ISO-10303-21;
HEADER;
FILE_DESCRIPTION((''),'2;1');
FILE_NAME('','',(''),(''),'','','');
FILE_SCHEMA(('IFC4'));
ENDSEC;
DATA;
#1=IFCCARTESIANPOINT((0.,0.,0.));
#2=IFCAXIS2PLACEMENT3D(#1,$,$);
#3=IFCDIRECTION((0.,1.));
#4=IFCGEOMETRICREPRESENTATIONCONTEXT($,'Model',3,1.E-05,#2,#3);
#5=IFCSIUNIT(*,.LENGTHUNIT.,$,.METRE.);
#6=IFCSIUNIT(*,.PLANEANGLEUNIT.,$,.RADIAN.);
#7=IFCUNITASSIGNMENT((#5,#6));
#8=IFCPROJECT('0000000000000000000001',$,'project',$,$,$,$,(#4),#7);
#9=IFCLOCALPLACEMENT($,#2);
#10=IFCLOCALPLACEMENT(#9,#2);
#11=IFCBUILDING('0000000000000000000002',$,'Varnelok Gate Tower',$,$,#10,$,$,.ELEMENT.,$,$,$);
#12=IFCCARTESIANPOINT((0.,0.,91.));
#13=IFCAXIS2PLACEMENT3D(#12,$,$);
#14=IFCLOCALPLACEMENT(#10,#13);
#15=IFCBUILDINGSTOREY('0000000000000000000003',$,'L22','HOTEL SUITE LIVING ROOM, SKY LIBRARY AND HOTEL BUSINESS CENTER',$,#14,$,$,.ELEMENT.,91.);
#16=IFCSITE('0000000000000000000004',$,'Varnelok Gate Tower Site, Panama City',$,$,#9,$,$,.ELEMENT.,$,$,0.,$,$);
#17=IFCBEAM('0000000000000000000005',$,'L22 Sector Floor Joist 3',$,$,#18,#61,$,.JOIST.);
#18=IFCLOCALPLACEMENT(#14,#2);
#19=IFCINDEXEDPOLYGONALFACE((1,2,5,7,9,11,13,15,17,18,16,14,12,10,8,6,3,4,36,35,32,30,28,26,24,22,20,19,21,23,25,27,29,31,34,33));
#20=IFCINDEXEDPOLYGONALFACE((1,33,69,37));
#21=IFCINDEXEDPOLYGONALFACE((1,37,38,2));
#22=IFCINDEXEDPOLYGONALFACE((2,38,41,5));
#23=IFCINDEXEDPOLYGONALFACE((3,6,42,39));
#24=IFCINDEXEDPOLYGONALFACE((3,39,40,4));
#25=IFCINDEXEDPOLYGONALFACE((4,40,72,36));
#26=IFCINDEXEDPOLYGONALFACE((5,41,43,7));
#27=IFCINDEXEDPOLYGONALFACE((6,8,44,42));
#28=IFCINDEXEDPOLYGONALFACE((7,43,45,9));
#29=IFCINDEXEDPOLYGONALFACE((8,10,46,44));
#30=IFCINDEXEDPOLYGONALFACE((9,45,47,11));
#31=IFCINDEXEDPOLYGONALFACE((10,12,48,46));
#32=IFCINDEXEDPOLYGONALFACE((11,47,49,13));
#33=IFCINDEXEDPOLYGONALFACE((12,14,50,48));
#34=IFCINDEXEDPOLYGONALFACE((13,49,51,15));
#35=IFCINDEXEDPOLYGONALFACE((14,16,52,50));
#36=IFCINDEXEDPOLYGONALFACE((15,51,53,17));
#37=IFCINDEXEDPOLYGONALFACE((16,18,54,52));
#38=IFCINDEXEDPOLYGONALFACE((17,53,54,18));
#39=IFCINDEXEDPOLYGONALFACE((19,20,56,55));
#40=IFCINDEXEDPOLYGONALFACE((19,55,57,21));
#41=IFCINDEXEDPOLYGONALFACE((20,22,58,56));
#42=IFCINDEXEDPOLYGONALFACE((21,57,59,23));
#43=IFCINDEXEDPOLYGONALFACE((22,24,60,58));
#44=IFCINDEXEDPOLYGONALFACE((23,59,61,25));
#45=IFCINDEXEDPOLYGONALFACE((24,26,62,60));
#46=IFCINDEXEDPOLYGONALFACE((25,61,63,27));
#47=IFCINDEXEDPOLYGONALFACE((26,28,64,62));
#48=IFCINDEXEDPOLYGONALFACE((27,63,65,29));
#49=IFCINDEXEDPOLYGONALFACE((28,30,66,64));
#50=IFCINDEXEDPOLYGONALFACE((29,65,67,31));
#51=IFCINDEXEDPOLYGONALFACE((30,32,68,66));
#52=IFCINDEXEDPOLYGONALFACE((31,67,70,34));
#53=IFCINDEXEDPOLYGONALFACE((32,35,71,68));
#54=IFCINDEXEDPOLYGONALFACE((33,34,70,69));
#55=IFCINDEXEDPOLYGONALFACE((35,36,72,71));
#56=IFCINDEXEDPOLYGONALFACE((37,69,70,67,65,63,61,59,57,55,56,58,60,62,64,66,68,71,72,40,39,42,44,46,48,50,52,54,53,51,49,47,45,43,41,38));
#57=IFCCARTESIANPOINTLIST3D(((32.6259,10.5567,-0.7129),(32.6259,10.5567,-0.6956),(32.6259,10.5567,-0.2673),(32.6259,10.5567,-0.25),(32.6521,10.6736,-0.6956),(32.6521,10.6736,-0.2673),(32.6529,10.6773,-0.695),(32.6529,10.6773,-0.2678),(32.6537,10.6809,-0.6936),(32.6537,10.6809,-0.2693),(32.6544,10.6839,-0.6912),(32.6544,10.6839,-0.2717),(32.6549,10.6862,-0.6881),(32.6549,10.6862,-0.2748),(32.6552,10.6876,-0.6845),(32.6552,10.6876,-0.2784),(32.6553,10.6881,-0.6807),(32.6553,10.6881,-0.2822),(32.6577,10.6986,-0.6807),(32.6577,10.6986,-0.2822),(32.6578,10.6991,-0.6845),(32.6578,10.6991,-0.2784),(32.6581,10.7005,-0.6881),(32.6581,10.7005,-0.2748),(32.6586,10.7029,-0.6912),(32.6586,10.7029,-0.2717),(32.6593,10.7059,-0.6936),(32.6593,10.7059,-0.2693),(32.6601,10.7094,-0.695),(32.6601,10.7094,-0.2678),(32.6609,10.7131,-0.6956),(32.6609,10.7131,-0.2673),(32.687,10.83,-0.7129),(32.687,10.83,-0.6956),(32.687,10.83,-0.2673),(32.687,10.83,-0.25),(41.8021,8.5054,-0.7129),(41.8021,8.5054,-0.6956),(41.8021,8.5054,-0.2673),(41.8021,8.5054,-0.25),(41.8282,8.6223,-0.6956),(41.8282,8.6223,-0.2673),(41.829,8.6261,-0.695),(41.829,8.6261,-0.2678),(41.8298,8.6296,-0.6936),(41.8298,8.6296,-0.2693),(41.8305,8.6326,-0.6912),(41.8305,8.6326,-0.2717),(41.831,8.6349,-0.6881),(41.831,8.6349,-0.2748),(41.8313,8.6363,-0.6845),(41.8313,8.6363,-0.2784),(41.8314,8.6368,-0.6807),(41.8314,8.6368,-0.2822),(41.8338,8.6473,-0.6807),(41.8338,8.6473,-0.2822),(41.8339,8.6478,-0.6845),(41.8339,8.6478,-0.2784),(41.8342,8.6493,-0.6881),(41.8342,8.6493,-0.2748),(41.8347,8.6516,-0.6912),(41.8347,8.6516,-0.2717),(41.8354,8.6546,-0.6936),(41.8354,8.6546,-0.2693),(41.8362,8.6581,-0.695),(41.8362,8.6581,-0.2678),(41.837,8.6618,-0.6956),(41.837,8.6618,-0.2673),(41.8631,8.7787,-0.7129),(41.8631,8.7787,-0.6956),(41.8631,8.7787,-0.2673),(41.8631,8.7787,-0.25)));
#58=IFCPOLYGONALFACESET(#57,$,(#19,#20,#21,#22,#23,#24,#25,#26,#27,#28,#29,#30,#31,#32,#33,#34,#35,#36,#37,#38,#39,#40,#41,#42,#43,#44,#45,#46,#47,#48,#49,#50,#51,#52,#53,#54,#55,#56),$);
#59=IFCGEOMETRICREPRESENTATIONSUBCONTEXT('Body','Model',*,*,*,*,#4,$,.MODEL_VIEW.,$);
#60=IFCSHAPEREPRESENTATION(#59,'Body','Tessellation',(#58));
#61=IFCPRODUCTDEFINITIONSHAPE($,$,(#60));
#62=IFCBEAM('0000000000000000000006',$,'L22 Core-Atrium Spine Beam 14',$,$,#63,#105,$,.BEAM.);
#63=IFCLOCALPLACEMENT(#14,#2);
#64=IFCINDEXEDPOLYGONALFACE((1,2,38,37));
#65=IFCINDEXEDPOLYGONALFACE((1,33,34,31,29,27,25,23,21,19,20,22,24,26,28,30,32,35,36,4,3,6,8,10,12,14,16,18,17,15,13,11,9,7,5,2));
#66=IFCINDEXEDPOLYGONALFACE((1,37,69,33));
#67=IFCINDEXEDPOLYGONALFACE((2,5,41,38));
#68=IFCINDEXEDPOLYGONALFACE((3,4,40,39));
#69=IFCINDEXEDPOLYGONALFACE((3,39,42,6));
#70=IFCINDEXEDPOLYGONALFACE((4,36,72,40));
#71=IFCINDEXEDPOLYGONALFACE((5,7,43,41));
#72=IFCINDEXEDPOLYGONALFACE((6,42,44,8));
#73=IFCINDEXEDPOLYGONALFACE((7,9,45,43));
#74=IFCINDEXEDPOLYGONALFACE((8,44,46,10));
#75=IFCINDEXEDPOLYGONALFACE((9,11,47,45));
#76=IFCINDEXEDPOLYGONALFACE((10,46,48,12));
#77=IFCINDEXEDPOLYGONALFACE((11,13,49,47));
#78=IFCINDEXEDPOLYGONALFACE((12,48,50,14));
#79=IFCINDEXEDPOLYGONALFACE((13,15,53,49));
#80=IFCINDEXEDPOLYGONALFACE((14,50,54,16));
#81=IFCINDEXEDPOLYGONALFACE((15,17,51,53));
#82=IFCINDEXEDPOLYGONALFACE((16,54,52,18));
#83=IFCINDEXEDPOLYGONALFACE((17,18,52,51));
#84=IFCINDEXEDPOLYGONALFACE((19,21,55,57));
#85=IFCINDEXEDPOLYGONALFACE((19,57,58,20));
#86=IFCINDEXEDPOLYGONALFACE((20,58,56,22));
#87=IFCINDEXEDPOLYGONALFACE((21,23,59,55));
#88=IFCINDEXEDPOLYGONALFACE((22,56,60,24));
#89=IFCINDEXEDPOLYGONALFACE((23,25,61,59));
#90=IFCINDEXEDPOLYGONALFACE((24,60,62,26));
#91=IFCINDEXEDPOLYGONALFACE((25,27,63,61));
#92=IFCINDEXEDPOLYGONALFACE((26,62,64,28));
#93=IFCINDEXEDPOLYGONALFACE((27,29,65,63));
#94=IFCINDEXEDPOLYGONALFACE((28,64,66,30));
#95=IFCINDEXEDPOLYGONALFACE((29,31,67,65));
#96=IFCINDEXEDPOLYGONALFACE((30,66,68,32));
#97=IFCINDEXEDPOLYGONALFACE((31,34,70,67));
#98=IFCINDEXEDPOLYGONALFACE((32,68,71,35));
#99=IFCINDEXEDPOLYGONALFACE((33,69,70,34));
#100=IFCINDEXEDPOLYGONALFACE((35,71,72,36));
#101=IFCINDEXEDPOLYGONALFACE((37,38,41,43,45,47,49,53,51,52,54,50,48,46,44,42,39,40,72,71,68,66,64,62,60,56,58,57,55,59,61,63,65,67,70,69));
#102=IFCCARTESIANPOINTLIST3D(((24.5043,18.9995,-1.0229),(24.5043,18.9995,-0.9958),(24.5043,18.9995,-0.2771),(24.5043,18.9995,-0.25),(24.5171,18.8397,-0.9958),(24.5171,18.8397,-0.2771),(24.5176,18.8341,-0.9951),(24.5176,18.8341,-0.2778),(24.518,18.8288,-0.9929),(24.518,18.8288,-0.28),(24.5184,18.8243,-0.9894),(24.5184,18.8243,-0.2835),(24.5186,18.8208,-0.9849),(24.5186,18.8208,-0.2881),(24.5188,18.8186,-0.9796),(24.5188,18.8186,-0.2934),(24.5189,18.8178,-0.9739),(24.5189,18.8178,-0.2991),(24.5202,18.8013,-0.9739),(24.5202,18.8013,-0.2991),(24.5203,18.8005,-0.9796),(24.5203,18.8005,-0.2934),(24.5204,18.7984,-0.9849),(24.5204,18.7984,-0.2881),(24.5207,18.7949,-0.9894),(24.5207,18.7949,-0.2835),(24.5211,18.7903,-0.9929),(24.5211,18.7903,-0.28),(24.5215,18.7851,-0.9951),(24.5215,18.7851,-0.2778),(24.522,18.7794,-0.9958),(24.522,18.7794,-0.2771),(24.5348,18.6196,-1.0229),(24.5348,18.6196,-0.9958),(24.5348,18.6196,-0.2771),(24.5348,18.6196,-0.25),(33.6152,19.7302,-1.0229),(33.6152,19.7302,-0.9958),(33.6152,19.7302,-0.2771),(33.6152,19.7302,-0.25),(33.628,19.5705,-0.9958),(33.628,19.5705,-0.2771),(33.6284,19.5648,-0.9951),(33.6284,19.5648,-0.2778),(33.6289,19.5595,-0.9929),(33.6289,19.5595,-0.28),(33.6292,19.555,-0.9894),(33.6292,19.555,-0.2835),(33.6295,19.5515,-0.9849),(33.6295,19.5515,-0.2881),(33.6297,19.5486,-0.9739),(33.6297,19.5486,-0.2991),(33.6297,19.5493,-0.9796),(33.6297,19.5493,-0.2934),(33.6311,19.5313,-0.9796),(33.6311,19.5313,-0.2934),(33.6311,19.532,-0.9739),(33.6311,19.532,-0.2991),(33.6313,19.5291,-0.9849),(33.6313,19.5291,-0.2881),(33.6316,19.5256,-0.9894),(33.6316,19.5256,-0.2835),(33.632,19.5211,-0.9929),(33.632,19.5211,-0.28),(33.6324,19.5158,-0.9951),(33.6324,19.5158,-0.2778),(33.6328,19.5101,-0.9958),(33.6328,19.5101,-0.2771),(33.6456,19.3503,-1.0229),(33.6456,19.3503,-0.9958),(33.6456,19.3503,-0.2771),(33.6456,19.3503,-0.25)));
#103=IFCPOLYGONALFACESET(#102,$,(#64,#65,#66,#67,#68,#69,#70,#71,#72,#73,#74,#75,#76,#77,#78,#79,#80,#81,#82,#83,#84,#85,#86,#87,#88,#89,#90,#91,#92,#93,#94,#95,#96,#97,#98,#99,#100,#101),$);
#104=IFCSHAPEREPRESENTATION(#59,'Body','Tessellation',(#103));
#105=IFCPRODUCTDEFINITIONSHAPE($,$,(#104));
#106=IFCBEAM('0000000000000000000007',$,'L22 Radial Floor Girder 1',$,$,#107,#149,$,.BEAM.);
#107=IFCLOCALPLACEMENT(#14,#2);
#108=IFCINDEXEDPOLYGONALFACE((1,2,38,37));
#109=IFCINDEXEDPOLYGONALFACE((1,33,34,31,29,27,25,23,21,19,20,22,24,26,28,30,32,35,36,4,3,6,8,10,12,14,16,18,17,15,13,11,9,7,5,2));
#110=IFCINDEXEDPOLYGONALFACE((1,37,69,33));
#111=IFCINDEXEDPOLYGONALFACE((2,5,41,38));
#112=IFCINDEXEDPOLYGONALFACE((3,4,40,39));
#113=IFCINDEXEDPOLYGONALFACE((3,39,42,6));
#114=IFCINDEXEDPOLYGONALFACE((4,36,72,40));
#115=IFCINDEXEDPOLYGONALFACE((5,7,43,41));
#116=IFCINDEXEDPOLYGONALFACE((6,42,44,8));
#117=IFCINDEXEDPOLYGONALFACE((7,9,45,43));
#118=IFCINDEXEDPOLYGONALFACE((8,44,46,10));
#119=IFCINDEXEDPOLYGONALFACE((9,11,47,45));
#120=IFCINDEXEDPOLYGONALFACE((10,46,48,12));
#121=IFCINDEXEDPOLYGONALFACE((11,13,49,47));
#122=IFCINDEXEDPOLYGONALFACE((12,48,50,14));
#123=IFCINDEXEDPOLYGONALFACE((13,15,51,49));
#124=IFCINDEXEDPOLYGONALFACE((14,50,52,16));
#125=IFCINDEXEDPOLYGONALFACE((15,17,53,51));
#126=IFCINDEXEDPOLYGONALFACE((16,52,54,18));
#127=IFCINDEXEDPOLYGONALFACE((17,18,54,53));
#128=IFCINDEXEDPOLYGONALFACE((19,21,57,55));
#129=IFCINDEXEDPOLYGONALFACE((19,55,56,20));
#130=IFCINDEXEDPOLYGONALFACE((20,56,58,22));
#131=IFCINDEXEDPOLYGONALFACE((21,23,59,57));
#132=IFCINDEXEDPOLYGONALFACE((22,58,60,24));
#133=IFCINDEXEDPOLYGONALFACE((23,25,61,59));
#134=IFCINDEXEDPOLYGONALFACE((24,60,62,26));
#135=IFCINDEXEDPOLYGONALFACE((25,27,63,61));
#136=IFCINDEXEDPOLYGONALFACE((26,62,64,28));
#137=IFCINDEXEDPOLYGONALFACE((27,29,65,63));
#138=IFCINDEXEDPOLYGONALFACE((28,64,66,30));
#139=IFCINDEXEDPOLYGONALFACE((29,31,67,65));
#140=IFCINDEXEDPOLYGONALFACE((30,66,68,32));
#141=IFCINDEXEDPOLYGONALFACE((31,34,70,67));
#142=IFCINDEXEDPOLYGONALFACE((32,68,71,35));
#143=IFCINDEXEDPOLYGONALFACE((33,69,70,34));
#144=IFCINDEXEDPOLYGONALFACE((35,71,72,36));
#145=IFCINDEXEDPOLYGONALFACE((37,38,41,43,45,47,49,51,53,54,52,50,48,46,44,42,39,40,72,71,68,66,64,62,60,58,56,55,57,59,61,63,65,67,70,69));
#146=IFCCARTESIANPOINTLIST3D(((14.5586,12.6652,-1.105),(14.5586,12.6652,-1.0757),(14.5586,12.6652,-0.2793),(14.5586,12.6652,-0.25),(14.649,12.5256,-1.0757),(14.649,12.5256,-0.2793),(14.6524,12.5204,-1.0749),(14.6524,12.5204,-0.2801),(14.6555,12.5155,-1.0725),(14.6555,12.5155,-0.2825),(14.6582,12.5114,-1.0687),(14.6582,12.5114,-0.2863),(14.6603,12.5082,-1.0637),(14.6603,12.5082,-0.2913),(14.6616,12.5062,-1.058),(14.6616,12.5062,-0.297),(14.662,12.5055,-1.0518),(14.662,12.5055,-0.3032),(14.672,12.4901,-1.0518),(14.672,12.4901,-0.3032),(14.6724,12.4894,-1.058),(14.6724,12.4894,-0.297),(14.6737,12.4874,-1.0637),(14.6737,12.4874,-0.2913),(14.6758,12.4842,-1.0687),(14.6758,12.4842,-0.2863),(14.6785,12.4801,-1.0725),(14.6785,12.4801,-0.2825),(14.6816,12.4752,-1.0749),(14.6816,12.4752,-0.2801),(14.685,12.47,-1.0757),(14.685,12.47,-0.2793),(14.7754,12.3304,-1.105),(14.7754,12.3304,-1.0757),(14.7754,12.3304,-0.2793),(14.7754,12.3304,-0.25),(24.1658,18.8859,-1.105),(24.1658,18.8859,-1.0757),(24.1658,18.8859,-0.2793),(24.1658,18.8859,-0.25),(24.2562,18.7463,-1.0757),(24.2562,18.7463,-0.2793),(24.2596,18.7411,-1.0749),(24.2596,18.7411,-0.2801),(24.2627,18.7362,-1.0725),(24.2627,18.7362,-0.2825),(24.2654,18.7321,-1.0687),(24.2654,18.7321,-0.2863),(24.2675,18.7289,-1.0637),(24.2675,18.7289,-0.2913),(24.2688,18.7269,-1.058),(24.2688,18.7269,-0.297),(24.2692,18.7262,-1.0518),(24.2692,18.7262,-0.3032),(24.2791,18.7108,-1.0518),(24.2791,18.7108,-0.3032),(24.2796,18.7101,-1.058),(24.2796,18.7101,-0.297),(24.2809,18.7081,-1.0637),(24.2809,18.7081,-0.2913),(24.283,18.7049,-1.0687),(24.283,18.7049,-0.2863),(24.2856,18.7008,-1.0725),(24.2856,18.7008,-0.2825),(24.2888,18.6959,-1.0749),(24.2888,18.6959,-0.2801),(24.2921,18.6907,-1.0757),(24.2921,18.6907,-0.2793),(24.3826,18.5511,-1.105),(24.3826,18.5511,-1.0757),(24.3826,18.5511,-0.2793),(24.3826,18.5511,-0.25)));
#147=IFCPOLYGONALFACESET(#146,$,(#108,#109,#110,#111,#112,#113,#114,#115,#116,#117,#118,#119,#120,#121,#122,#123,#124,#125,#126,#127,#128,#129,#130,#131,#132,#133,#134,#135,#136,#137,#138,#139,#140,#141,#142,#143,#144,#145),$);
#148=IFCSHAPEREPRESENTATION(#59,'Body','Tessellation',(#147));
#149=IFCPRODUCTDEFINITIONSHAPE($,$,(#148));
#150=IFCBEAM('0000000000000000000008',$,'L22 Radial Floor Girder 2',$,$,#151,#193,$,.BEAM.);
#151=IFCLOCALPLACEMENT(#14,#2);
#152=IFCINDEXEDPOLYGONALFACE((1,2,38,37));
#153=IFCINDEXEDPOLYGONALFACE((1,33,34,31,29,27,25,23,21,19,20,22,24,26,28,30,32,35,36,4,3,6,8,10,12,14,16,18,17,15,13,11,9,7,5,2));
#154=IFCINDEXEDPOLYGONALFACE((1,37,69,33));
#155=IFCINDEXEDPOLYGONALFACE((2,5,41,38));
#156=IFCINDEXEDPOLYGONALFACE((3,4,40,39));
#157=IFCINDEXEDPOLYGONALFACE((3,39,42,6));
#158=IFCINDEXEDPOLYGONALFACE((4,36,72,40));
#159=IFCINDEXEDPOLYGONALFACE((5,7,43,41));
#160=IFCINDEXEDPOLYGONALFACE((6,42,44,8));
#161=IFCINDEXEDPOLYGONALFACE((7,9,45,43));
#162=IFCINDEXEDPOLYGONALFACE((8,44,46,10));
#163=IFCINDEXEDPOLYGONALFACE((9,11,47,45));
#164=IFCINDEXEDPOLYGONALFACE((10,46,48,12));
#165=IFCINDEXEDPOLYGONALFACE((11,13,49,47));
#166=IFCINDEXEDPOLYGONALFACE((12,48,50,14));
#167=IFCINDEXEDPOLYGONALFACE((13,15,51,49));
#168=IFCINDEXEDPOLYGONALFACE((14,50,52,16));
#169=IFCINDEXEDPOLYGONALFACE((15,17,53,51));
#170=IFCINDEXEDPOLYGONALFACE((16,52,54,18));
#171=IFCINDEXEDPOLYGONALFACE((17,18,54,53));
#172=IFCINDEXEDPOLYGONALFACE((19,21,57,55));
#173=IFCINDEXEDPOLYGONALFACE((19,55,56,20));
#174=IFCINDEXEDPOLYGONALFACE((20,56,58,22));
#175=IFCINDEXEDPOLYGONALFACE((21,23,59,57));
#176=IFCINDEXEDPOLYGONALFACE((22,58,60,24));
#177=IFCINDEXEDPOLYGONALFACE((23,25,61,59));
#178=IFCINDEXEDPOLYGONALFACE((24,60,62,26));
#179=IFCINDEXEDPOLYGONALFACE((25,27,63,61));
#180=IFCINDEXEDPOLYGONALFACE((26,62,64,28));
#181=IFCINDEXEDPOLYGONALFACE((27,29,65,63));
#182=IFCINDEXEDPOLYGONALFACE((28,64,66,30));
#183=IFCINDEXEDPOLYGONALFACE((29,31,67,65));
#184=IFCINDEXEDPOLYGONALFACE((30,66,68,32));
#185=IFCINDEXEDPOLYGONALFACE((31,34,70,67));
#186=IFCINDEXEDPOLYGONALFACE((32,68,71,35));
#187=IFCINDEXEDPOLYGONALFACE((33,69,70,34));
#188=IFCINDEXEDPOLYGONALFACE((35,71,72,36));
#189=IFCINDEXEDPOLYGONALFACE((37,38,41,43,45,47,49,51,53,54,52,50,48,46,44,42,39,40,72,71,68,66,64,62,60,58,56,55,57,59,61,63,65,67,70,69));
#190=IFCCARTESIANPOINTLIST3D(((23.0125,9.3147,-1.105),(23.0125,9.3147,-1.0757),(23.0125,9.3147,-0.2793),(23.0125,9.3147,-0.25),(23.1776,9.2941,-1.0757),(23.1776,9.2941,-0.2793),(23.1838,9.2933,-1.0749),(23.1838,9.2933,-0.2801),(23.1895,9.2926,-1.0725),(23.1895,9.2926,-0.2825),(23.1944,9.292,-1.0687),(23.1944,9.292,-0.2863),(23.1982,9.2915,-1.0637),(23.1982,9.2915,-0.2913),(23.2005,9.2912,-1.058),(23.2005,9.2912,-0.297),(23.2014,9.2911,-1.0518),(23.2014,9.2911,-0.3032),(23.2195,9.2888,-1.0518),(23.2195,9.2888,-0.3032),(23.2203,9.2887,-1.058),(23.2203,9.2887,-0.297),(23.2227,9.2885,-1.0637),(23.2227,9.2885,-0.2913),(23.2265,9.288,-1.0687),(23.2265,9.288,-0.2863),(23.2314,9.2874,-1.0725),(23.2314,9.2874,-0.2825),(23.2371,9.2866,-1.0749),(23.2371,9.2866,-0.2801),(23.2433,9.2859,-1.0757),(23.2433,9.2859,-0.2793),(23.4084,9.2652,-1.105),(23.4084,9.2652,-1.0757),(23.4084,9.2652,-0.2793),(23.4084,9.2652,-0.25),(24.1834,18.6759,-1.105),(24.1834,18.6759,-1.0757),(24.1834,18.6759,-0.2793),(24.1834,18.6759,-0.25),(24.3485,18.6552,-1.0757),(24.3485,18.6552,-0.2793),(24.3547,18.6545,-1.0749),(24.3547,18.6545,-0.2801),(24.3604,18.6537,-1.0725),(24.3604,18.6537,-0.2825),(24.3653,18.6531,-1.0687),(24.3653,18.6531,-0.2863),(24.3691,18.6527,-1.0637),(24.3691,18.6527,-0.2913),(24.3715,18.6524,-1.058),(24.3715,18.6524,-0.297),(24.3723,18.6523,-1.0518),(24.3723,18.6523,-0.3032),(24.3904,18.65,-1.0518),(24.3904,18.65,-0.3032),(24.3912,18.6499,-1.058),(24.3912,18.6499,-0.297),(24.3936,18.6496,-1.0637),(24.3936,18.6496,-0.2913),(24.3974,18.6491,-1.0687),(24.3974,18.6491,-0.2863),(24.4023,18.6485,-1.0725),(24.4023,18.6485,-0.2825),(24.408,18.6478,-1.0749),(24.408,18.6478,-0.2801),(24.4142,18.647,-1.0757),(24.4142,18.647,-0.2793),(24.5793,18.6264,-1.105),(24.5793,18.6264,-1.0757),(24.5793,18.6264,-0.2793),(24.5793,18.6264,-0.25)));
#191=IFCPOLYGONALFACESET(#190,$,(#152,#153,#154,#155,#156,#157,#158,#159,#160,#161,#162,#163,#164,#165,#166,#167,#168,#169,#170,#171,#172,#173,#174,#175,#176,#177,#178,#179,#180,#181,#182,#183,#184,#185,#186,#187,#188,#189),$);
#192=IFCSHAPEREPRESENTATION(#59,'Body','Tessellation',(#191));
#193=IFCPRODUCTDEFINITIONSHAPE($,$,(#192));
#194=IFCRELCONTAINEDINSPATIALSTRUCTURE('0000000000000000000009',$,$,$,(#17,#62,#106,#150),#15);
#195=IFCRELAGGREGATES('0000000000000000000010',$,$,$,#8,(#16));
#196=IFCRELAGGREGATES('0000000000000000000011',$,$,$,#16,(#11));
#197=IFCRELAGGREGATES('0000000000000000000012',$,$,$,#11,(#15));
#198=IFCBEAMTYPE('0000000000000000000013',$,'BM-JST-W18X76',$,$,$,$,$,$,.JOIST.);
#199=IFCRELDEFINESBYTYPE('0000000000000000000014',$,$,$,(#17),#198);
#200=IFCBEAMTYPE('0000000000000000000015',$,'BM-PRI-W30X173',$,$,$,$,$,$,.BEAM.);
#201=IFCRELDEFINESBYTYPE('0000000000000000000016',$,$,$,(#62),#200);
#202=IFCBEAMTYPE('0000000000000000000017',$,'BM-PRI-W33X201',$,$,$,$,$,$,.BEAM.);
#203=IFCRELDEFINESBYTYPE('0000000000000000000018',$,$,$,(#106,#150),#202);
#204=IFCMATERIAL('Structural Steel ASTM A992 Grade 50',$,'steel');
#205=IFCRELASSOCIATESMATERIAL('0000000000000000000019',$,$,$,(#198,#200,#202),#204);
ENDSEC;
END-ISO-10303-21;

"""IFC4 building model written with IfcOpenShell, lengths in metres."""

from ifc_helpers import new_model, si_unit, direction, frame, origin, origin_2d, place, context, subcontext, project, spatial, i_section, extrude, material, material_profile, profile_set, type_object, element, save


model = new_model("IFC4")

# Units and contexts
model_context = context("Model", 3, precision=1e-05, world=origin(), true_north=direction((0.0, 1.0)))
body_context = subcontext(model_context, "Body", "Model", "MODEL_VIEW")
ifc_project = project(units=[si_unit("LENGTHUNIT", "METRE"), si_unit("PLANEANGLEUNIT", "RADIAN")], contexts=[model_context])

# Site, building, storey
site_placement = place(None, origin())
site = spatial("IfcSite", under=ifc_project, at=site_placement, Name="Varnelok Gate Tower Site, Panama City", CompositionType="ELEMENT", RefElevation=0.0)
building_placement = place(site_placement, origin())
building = spatial("IfcBuilding", under=site, at=building_placement, Name="Varnelok Gate Tower", CompositionType="ELEMENT")
storey_placement = place(building_placement, frame((0.0, 0.0, 91.0)))
storey = spatial("IfcBuildingStorey", under=building, at=storey_placement, Name="L22", Description="HOTEL SUITE LIVING ROOM, SKY LIBRARY AND HOTEL BUSINESS CENTER", CompositionType="ELEMENT", Elevation=91.0)

# Shared definitions
ifc_material_1 = material(Name="Structural Steel ASTM A992 Grade 50", Category="steel")

# Beams
ifc_material_profile_1 = material_profile(ifc_material_1, i_section(OverallWidth=0.28, OverallDepth=0.4629, WebThickness=0.0107, FlangeThickness=0.0173, FilletRadius=0.0149, at=origin_2d()), Name="W18X76")
ifc_profile_set_1 = profile_set([ifc_material_profile_1], Name="Structural Steel ASTM A992 Grade 50")
beam_type_1 = type_object("IfcBeamType", Name="BM-JST-W18X76", PredefinedType="JOIST", material=ifc_profile_set_1)
beam_1_placement = place(storey_placement, frame((32.6565, 10.6934, -0.4814), z_axis=(0.975913, -0.218162, 0.0), x_axis=(0.218162, 0.975913, 0.0)))
element("IfcBeam", 1, at=beam_1_placement, inside=storey, type_object=beam_type_1, Name="L22 Sector Floor Joist 3", PredefinedType="JOIST", context=body_context, shape_type="SweptSolid", body=[
    extrude(i_section(OverallWidth=0.28, OverallDepth=0.4629, WebThickness=0.0107, FlangeThickness=0.0173, FilletRadius=0.0149, at=origin_2d()), origin(), (0.0, 0.0, 1.0), 9.4026),
])
ifc_material_profile_2 = material_profile(ifc_material_1, i_section(OverallWidth=0.3811, OverallDepth=0.7729, WebThickness=0.0166, FlangeThickness=0.0271, FilletRadius=0.022, at=origin_2d()), Name="W30X173")
ifc_profile_set_2 = profile_set([ifc_material_profile_2], Name="Structural Steel ASTM A992 Grade 50")
beam_type_2 = type_object("IfcBeamType", Name="BM-PRI-W30X173", PredefinedType="BEAM", material=ifc_profile_set_2)
beam_2_placement = place(storey_placement, frame((24.5195, 18.8096, -0.6365), z_axis=(0.996799, 0.079946, 0.0), x_axis=(-0.079946, 0.996799, 0.0)))
element("IfcBeam", 2, at=beam_2_placement, inside=storey, type_object=beam_type_2, Name="L22 Core-Atrium Spine Beam 14", PredefinedType="BEAM", context=body_context, shape_type="SweptSolid", body=[
    extrude(i_section(OverallWidth=0.3811, OverallDepth=0.7729, WebThickness=0.0166, FlangeThickness=0.0271, FilletRadius=0.022, at=origin_2d()), origin(), (0.0, 0.0, 1.0), 9.1401),
])
ifc_material_profile_3 = material_profile(ifc_material_1, i_section(OverallWidth=0.3989, OverallDepth=0.855, WebThickness=0.0183, FlangeThickness=0.0293, FilletRadius=0.0239, at=origin_2d()), Name="W33X201")
ifc_profile_set_3 = profile_set([ifc_material_profile_3], Name="Structural Steel ASTM A992 Grade 50")
beam_type_3 = type_object("IfcBeamType", Name="BM-PRI-W33X201", PredefinedType="BEAM", material=ifc_profile_set_3)
beam_3_placement = place(storey_placement, frame((24.2742, 18.7185, -0.6775), z_axis=(-0.839399, -0.543516, 0.0), x_axis=(0.543516, -0.839399, 0.0)))
element("IfcBeam", 3, at=beam_3_placement, inside=storey, type_object=beam_type_3, Name="L22 Radial Floor Girder 1", PredefinedType="BEAM", context=body_context, shape_type="SweptSolid", body=[
    extrude(i_section(OverallWidth=0.3989, OverallDepth=0.855, WebThickness=0.0183, FlangeThickness=0.0293, FilletRadius=0.0239, at=origin_2d()), origin(), (0.0, 0.0, 1.0), 11.4453),
])
beam_4_placement = place(storey_placement, frame((24.3813, 18.6511, -0.6775), z_axis=(-0.124114, -0.992268, 0.0), x_axis=(0.992268, -0.124114, 0.0)))
element("IfcBeam", 4, at=beam_4_placement, inside=storey, type_object=beam_type_3, Name="L22 Radial Floor Girder 2", PredefinedType="BEAM", context=body_context, shape_type="SweptSolid", body=[
    extrude(i_section(OverallWidth=0.3989, OverallDepth=0.855, WebThickness=0.0183, FlangeThickness=0.0293, FilletRadius=0.0239, at=origin_2d()), origin(), (0.0, 0.0, 1.0), 9.4341),
])

save(model, "model.ifc")
